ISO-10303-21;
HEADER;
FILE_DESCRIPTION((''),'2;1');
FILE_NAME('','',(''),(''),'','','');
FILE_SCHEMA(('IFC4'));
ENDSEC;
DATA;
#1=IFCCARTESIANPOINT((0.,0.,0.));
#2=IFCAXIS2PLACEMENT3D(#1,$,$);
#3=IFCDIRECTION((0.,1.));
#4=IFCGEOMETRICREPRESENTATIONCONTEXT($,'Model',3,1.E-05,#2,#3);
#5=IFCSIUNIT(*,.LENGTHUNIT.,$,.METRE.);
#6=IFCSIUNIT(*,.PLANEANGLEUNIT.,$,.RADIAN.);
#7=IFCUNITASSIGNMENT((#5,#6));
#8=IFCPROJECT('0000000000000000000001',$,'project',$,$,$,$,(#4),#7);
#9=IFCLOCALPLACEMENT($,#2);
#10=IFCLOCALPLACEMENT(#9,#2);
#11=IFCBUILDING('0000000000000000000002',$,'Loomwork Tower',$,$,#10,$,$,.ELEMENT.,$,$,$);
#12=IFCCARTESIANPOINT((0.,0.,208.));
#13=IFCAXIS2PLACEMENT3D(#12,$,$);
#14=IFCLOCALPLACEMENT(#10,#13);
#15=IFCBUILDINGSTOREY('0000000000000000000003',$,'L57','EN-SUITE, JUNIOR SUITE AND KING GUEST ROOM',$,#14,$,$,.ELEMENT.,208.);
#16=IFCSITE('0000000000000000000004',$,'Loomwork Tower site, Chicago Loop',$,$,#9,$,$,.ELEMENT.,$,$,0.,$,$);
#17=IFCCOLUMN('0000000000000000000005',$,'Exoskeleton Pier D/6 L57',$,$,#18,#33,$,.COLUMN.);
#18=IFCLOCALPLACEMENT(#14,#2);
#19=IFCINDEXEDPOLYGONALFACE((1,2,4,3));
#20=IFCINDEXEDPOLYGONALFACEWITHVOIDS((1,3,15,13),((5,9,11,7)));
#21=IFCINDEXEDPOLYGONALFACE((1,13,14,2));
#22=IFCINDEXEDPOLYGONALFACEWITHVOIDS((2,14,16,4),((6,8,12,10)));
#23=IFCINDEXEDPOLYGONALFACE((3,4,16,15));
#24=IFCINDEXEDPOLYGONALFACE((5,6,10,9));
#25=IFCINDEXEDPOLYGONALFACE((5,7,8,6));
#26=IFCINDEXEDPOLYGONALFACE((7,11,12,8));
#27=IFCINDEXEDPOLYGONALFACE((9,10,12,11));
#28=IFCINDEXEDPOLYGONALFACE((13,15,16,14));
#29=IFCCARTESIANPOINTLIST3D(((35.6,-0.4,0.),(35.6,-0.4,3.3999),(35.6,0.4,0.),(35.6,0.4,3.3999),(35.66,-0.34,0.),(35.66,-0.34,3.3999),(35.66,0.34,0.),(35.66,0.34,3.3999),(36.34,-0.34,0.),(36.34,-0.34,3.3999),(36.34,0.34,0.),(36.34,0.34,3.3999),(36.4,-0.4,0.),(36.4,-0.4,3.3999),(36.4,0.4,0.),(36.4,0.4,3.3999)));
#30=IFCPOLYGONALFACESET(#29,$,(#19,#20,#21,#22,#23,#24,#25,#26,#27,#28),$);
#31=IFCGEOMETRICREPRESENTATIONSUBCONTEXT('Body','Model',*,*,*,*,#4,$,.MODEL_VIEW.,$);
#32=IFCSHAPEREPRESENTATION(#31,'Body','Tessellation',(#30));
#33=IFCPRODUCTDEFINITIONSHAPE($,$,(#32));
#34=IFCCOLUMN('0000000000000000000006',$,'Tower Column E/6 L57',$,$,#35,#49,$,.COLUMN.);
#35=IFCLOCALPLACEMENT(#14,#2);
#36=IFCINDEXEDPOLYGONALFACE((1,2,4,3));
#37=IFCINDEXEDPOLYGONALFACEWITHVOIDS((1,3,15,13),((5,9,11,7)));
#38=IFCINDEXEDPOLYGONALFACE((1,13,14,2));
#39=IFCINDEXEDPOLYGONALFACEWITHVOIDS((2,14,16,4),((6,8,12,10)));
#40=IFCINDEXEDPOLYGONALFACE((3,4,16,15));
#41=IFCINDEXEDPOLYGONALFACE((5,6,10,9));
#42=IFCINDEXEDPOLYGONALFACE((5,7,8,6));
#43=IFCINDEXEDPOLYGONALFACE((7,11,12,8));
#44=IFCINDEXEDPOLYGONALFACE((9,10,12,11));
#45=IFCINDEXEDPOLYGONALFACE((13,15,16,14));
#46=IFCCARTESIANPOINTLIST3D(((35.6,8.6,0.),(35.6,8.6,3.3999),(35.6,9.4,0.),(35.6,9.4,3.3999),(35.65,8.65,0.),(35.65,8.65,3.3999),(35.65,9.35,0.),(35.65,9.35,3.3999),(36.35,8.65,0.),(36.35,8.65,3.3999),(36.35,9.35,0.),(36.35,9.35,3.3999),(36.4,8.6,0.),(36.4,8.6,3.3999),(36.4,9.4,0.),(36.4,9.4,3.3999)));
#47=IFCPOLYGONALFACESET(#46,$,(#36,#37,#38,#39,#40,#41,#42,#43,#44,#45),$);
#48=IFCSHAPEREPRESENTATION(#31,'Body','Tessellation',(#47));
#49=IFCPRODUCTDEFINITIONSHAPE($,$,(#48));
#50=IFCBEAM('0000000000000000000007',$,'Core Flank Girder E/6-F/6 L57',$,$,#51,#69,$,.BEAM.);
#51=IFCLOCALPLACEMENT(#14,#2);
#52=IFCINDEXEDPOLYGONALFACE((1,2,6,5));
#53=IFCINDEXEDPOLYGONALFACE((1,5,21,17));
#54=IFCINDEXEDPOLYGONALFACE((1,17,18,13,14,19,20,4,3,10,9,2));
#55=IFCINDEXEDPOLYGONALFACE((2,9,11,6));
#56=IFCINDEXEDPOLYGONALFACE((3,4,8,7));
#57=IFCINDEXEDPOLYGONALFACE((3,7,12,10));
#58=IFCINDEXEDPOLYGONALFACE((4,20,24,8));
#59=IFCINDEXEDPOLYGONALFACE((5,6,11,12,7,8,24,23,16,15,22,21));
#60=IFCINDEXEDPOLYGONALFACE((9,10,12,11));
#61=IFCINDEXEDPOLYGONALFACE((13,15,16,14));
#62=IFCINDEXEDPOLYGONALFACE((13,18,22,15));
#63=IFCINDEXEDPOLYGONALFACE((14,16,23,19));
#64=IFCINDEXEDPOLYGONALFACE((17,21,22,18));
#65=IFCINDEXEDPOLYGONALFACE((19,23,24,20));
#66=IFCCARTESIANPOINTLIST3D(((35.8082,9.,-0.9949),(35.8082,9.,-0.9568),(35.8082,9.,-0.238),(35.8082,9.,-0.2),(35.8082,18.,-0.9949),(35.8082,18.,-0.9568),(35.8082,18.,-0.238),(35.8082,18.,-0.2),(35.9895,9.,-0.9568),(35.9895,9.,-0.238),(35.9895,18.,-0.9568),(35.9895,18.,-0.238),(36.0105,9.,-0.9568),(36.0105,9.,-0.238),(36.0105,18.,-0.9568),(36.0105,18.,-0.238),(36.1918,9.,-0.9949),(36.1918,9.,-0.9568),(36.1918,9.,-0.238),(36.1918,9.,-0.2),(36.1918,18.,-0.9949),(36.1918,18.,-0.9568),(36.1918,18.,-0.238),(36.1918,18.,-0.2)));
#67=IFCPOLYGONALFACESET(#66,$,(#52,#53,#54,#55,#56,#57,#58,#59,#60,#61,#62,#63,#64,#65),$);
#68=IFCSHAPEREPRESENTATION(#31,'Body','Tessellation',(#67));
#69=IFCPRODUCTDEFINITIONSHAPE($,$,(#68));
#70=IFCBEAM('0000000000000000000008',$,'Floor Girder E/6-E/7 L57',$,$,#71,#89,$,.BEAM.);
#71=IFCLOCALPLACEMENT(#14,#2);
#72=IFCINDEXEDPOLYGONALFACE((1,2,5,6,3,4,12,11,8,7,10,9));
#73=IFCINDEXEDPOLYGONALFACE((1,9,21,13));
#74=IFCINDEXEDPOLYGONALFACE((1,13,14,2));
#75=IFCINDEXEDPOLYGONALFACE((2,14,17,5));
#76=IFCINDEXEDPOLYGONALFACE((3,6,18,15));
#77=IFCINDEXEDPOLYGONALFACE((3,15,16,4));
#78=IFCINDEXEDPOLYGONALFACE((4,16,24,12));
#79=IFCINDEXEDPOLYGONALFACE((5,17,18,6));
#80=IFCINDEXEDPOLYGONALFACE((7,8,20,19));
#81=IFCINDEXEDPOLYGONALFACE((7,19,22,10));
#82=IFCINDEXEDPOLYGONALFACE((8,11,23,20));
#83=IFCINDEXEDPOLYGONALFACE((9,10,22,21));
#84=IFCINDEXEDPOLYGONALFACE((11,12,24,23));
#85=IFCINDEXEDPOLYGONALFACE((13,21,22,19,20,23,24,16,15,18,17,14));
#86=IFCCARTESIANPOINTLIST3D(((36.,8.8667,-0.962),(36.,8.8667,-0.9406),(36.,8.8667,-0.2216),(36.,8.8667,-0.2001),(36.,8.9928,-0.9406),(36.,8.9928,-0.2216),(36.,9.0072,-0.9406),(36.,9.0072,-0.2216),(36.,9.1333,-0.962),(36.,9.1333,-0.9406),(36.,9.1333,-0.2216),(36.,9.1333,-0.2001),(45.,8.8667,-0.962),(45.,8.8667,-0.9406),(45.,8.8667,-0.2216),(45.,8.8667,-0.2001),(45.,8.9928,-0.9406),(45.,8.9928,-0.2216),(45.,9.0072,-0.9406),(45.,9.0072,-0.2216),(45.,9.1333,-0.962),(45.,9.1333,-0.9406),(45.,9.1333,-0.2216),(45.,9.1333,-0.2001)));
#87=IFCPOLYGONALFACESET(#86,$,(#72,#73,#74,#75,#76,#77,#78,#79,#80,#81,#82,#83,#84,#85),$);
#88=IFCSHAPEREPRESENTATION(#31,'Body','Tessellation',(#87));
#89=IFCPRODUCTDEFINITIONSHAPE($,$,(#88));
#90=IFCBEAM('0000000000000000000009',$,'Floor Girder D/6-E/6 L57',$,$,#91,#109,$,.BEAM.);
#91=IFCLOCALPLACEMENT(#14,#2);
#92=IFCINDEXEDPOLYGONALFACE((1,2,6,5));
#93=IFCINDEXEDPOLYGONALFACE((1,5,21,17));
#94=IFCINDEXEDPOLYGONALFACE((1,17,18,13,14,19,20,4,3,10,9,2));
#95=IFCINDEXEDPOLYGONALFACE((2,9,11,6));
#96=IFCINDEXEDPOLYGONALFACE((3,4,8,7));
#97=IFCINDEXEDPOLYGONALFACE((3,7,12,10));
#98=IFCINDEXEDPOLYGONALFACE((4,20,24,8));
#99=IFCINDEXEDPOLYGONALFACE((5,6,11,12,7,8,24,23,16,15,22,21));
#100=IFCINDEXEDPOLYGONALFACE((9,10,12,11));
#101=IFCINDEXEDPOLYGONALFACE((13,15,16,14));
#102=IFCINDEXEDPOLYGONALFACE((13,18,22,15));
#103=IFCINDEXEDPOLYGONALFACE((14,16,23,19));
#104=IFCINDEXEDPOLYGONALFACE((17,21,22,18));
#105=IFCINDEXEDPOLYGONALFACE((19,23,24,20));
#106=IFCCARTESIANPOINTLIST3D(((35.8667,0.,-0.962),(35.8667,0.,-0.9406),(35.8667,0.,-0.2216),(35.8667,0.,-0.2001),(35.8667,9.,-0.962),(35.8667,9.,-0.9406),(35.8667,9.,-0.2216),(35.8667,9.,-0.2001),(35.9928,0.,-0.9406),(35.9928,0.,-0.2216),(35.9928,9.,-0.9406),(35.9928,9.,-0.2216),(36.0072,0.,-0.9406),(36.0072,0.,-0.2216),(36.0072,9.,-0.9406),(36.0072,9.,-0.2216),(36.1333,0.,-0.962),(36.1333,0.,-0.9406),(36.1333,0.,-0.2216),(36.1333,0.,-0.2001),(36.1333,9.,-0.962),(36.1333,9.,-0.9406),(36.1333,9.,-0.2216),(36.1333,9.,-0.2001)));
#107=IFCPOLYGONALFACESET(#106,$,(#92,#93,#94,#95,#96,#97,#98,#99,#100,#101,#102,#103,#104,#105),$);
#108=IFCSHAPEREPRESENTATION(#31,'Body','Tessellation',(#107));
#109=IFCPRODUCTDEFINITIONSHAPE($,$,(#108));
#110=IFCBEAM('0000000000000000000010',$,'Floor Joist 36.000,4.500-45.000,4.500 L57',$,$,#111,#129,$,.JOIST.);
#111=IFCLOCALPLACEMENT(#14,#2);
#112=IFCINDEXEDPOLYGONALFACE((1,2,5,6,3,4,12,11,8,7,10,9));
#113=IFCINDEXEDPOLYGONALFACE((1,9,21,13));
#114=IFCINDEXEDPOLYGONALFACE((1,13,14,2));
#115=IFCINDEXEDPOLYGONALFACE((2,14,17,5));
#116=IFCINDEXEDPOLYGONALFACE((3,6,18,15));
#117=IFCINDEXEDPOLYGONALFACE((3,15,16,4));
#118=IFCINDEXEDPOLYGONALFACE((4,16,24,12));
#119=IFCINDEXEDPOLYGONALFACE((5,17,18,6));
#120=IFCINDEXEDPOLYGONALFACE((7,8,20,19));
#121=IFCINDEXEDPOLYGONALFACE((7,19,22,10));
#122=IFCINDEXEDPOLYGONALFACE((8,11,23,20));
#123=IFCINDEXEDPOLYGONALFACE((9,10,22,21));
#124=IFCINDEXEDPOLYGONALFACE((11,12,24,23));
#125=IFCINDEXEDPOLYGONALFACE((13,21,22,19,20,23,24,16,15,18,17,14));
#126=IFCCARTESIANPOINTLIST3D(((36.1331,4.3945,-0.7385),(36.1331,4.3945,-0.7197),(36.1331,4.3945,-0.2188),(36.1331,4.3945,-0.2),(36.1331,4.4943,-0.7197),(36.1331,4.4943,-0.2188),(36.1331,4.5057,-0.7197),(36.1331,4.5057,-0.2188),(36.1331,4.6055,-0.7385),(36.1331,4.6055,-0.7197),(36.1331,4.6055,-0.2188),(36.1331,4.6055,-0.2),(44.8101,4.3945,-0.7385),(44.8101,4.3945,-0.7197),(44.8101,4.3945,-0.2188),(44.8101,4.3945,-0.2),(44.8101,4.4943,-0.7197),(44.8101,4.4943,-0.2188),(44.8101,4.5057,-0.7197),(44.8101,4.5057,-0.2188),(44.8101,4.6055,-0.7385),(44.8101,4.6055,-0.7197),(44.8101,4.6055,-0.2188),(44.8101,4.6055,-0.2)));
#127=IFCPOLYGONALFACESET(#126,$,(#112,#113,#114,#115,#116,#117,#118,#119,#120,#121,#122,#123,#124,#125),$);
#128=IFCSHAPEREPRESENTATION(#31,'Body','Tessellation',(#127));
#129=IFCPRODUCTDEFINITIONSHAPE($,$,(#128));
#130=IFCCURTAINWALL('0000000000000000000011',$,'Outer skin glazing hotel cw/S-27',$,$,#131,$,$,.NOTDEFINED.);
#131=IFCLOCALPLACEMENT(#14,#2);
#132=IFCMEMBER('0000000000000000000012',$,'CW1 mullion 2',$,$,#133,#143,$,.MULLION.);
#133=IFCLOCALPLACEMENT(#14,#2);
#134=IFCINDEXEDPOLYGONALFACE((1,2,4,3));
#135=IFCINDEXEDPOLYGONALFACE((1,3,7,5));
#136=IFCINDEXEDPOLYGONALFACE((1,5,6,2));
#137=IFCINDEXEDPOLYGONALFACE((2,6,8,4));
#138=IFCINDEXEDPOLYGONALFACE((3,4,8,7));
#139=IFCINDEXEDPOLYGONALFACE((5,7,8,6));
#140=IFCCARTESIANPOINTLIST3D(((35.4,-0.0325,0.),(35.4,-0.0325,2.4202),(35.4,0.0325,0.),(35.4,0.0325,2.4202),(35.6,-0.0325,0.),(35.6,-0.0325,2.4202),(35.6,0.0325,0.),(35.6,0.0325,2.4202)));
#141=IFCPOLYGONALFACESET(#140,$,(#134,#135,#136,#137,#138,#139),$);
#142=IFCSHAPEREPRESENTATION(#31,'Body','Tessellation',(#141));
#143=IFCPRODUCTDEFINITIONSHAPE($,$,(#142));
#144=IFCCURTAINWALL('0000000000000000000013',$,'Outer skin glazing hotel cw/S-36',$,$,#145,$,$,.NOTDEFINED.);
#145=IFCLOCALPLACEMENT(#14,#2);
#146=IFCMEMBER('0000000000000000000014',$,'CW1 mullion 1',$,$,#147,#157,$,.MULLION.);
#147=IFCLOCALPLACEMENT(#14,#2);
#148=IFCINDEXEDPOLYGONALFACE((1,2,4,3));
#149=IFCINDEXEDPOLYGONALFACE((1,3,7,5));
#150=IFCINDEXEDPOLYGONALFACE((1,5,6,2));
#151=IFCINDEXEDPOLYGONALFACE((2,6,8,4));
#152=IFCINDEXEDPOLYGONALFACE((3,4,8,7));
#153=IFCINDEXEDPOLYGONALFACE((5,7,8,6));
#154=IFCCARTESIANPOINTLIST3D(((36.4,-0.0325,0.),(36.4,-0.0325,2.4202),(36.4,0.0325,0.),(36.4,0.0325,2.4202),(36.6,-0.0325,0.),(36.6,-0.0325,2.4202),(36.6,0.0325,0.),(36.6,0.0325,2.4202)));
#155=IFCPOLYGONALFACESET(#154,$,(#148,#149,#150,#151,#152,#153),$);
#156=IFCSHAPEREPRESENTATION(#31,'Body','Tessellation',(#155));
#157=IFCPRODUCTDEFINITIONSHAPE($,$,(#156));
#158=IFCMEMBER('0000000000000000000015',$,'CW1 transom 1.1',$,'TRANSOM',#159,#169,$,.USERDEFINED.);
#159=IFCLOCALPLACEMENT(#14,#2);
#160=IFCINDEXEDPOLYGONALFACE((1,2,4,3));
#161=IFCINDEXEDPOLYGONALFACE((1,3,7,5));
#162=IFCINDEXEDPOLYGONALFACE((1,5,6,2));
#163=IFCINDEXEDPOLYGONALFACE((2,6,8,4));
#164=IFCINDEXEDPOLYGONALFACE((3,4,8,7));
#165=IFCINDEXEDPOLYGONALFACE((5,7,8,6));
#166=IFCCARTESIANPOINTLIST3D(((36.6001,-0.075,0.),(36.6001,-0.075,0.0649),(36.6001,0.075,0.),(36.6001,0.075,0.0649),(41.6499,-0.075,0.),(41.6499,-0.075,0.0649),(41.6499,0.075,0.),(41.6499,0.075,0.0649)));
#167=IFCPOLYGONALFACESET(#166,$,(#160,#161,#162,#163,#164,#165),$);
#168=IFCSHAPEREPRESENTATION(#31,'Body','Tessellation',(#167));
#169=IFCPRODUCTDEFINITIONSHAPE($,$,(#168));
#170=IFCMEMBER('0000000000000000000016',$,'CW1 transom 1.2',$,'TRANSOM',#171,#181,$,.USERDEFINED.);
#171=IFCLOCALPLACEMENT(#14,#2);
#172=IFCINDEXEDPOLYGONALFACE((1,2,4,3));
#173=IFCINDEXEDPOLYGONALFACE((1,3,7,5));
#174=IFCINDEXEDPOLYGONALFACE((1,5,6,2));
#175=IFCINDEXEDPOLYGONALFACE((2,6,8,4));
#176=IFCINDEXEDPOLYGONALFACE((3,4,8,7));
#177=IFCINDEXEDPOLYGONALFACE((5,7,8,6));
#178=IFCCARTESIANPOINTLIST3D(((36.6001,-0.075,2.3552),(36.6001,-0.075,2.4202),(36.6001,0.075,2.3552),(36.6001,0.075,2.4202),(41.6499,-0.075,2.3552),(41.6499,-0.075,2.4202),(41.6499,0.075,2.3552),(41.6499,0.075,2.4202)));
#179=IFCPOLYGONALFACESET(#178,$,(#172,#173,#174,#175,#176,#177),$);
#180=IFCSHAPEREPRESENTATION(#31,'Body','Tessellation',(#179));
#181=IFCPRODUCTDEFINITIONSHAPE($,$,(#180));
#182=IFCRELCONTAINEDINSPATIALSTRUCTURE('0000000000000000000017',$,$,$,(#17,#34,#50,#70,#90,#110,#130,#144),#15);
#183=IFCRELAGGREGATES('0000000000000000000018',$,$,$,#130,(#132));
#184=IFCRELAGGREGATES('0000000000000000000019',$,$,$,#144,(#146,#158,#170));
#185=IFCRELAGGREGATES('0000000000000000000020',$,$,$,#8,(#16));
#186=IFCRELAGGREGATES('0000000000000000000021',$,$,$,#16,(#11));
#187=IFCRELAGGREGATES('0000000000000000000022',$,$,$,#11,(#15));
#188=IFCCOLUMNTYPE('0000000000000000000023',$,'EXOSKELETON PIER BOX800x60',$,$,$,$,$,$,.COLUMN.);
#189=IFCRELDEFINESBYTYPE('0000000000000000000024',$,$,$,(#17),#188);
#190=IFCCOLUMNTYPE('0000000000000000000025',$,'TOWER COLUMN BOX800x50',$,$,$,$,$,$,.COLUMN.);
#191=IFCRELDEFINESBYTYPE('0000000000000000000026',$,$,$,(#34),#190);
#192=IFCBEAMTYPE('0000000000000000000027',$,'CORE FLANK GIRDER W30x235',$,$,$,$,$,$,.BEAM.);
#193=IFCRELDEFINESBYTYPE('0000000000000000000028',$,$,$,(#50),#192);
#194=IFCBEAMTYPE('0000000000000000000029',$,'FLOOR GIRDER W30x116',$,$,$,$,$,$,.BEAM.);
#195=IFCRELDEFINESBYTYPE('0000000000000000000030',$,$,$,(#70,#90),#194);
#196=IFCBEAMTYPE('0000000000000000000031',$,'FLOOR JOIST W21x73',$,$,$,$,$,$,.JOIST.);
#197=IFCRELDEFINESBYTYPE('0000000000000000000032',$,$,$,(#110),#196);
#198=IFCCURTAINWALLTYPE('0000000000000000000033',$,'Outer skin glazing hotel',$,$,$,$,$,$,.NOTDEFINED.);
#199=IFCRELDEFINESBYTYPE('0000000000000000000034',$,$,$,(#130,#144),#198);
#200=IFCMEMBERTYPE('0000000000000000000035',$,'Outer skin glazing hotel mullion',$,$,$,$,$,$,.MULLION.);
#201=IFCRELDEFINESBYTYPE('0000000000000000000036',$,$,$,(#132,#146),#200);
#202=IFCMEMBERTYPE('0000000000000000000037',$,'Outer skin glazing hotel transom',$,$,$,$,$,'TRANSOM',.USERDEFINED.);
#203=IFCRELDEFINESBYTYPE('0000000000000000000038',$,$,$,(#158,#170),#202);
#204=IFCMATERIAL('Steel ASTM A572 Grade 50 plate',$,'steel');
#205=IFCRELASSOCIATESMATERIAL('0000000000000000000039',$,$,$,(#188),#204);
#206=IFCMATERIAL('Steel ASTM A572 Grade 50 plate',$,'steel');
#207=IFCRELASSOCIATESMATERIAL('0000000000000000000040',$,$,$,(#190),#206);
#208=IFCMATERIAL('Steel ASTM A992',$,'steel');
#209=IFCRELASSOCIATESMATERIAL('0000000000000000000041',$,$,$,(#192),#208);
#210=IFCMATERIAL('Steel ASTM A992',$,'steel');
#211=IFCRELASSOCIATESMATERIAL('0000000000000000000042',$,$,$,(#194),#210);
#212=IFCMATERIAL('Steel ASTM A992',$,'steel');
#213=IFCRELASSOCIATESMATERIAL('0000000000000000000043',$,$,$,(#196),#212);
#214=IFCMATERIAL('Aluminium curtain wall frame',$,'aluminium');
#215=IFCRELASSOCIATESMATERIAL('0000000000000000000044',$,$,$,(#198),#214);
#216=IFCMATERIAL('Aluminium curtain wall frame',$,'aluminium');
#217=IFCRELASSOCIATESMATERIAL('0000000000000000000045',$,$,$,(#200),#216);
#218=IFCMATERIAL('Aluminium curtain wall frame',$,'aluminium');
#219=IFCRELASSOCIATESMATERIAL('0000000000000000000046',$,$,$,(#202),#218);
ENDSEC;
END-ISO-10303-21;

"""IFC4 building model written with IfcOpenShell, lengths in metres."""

from ifc_helpers import new_model, si_unit, direction, frame, origin, origin_2d, place, context, subcontext, project, spatial, rectangle, hollow_rectangle, i_section, extrude, material, material_profile, profile_set, type_object, element, aggregate, save


model = new_model("IFC4")

# Units and contexts
model_context = context("Model", 3, precision=1e-05, world=origin(), true_north=direction((0.0, 1.0)))
body_context = subcontext(model_context, "Body", "Model", "MODEL_VIEW")
ifc_project = project(units=[si_unit("LENGTHUNIT", "METRE"), si_unit("PLANEANGLEUNIT", "RADIAN")], contexts=[model_context])

# Site, building, storey
site_placement = place(None, origin())
site = spatial("IfcSite", under=ifc_project, at=site_placement, Name="Loomwork Tower site, Chicago Loop", CompositionType="ELEMENT", RefElevation=0.0)
building_placement = place(site_placement, origin())
building = spatial("IfcBuilding", under=site, at=building_placement, Name="Loomwork Tower", CompositionType="ELEMENT")
storey_placement = place(building_placement, frame((0.0, 0.0, 208.0)))
storey = spatial("IfcBuildingStorey", under=building, at=storey_placement, Name="L57", Description="EN-SUITE, JUNIOR SUITE AND KING GUEST ROOM", CompositionType="ELEMENT", Elevation=208.0)

# Columns
ifc_material_1 = material(Name="Steel ASTM A572 Grade 50 plate", Category="steel")
ifc_material_profile_1 = material_profile(ifc_material_1, hollow_rectangle(XDim=0.8, YDim=0.8, WallThickness=0.0601, at=origin_2d()), Name="BOX800x60")
ifc_profile_set_1 = profile_set([ifc_material_profile_1], Name="Steel ASTM A572 Grade 50 plate")
column_type_1 = type_object("IfcColumnType", Name="EXOSKELETON PIER BOX800x60", PredefinedType="COLUMN", material=ifc_profile_set_1)
column_1_placement = place(storey_placement, frame((36.0, 0.0, 0.0), z_axis=(0.0, 0.0, 1.0), x_axis=(1.0, 0.0, 0.0)))
element("IfcColumn", 1, at=column_1_placement, inside=storey, type_object=column_type_1, Name="Exoskeleton Pier D/6 L57", PredefinedType="COLUMN", context=body_context, shape_type="SweptSolid", body=[
    extrude(hollow_rectangle(XDim=0.8, YDim=0.8, WallThickness=0.0601, at=origin_2d()), origin(), (0.0, 0.0, 1.0), 3.3999),
])
ifc_material_2 = material(Name="Steel ASTM A572 Grade 50 plate", Category="steel")
ifc_material_profile_2 = material_profile(ifc_material_2, hollow_rectangle(XDim=0.8, YDim=0.8, WallThickness=0.05, at=origin_2d()), Name="BOX800x50")
ifc_profile_set_2 = profile_set([ifc_material_profile_2], Name="Steel ASTM A572 Grade 50 plate")
column_type_2 = type_object("IfcColumnType", Name="TOWER COLUMN BOX800x50", PredefinedType="COLUMN", material=ifc_profile_set_2)
column_2_placement = place(storey_placement, frame((36.0, 9.0, 0.0), z_axis=(0.0, 0.0, 1.0), x_axis=(0.0, 1.0, 0.0)))
element("IfcColumn", 2, at=column_2_placement, inside=storey, type_object=column_type_2, Name="Tower Column E/6 L57", PredefinedType="COLUMN", context=body_context, shape_type="SweptSolid", body=[
    extrude(hollow_rectangle(XDim=0.8, YDim=0.8, WallThickness=0.05, at=origin_2d()), origin(), (0.0, 0.0, 1.0), 3.3999),
])

# Beams
ifc_material_3 = material(Name="Steel ASTM A992", Category="steel")
ifc_material_profile_3 = material_profile(ifc_material_3, i_section(OverallWidth=0.3835, OverallDepth=0.7949, WebThickness=0.021, FlangeThickness=0.0381, at=origin_2d()), Name="W30x235")
ifc_profile_set_3 = profile_set([ifc_material_profile_3], Name="Steel ASTM A992")
beam_type_1 = type_object("IfcBeamType", Name="CORE FLANK GIRDER W30x235", PredefinedType="BEAM", material=ifc_profile_set_3)
beam_1_placement = place(storey_placement, frame((36.0, 9.0, -0.5974), z_axis=(0.0, 1.0, 0.0), x_axis=(-1.0, 0.0, 0.0)))
element("IfcBeam", 3, at=beam_1_placement, inside=storey, type_object=beam_type_1, Name="Core Flank Girder E/6-F/6 L57", PredefinedType="BEAM", context=body_context, shape_type="SweptSolid", body=[
    extrude(i_section(OverallWidth=0.3835, OverallDepth=0.7949, WebThickness=0.021, FlangeThickness=0.0381, at=origin_2d()), origin(), (0.0, 0.0, 1.0), 9.0),
])
ifc_material_4 = material(Name="Steel ASTM A992", Category="steel")
ifc_material_profile_4 = material_profile(ifc_material_4, i_section(OverallWidth=0.2666, OverallDepth=0.762, WebThickness=0.0144, FlangeThickness=0.0215, at=origin_2d()), Name="W30x116")
ifc_profile_set_4 = profile_set([ifc_material_profile_4], Name="Steel ASTM A992")
beam_type_2 = type_object("IfcBeamType", Name="FLOOR GIRDER W30x116", PredefinedType="BEAM", material=ifc_profile_set_4)
for number, where, z_axis, x_axis, name in (
    (4, (36.0, 9.0, -0.5811), (1.0, 0.0, 0.0), (0.0, 1.0, 0.0), "Floor Girder E/6-E/7 L57"),
    (5, (36.0, 0.0, -0.5811), (0.0, 1.0, 0.0), (-1.0, 0.0, 0.0), "Floor Girder D/6-E/6 L57"),
):
    element("IfcBeam", number, at=place(storey_placement, frame(where, z_axis=z_axis, x_axis=x_axis)), inside=storey, type_object=beam_type_2, Name=name, PredefinedType="BEAM", context=body_context, shape_type="SweptSolid", body=[
        extrude(i_section(OverallWidth=0.2666, OverallDepth=0.762, WebThickness=0.0144, FlangeThickness=0.0215, at=origin_2d()), origin(), (0.0, 0.0, 1.0), 9.0),
    ])
ifc_material_5 = material(Name="Steel ASTM A992", Category="steel")
ifc_material_profile_5 = material_profile(ifc_material_5, i_section(OverallWidth=0.2109, OverallDepth=0.5386, WebThickness=0.0115, FlangeThickness=0.0188, at=origin_2d()), Name="W21x73")
ifc_profile_set_5 = profile_set([ifc_material_profile_5], Name="Steel ASTM A992")
beam_type_3 = type_object("IfcBeamType", Name="FLOOR JOIST W21x73", PredefinedType="JOIST", material=ifc_profile_set_5)
beam_2_placement = place(storey_placement, frame((36.1331, 4.5, -0.4692), z_axis=(1.0, 0.0, 0.0), x_axis=(0.0, 1.0, 0.0)))
element("IfcBeam", 6, at=beam_2_placement, inside=storey, type_object=beam_type_3, Name="Floor Joist 36.000,4.500-45.000,4.500 L57", PredefinedType="JOIST", context=body_context, shape_type="SweptSolid", body=[
    extrude(i_section(OverallWidth=0.2109, OverallDepth=0.5386, WebThickness=0.0115, FlangeThickness=0.0188, at=origin_2d()), origin(), (0.0, 0.0, 1.0), 8.677),
])

# Curtain wall, member
ifc_material_6 = material(Name="Aluminium curtain wall frame", Category="aluminium")
curtain_wall_type = type_object("IfcCurtainWallType", Name="Outer skin glazing hotel", PredefinedType="NOTDEFINED", material=ifc_material_6)
curtain_wall_1_placement = place(storey_placement, origin())
curtain_wall_1 = element("IfcCurtainWall", 7, at=curtain_wall_1_placement, inside=storey, type_object=curtain_wall_type, Name="Outer skin glazing hotel cw/S-27", PredefinedType="NOTDEFINED")
ifc_material_7 = material(Name="Aluminium curtain wall frame", Category="aluminium")
ifc_material_profile_6 = material_profile(ifc_material_7, rectangle(XDim=0.0649, YDim=0.2, at=origin_2d()), Name="AL 65x200")
ifc_profile_set_6 = profile_set([ifc_material_profile_6], Name="Aluminium curtain wall frame")
member_type_1 = type_object("IfcMemberType", Name="Outer skin glazing hotel mullion", PredefinedType="MULLION", material=ifc_profile_set_6)
member_1_placement = place(storey_placement, frame((35.5, 0.0, 0.0), z_axis=(0.0, 0.0, 1.0), x_axis=(0.0, 1.0, 0.0)))
member_1 = element("IfcMember", 8, at=member_1_placement, type_object=member_type_1, Name="CW1 mullion 2", PredefinedType="MULLION", context=body_context, shape_type="SweptSolid", body=[
    extrude(rectangle(XDim=0.0649, YDim=0.2, at=origin_2d()), origin(), (0.0, 0.0, 1.0), 2.4202),
])
aggregate(curtain_wall_1, [member_1])

# Curtain wall, members
curtain_wall_2_placement = place(storey_placement, origin())
curtain_wall_2 = element("IfcCurtainWall", 9, at=curtain_wall_2_placement, inside=storey, type_object=curtain_wall_type, Name="Outer skin glazing hotel cw/S-36", PredefinedType="NOTDEFINED")
member_2_placement = place(storey_placement, frame((36.5, 0.0, 0.0), z_axis=(0.0, 0.0, 1.0), x_axis=(0.0, 1.0, 0.0)))
member_2 = element("IfcMember", 10, at=member_2_placement, type_object=member_type_1, Name="CW1 mullion 1", PredefinedType="MULLION", context=body_context, shape_type="SweptSolid", body=[
    extrude(rectangle(XDim=0.0649, YDim=0.2, at=origin_2d()), origin(), (0.0, 0.0, 1.0), 2.4202),
])
ifc_material_8 = material(Name="Aluminium curtain wall frame", Category="aluminium")
ifc_material_profile_7 = material_profile(ifc_material_8, rectangle(XDim=0.1499, YDim=0.0649, at=origin_2d()), Name="AL 65x150")
ifc_profile_set_7 = profile_set([ifc_material_profile_7], Name="Aluminium curtain wall frame")
member_type_2 = type_object("IfcMemberType", Name="Outer skin glazing hotel transom", ElementType="TRANSOM", PredefinedType="USERDEFINED", material=ifc_profile_set_7)
member_3_placement = place(storey_placement, frame((36.6001, 0.0, 0.0325), z_axis=(1.0, 0.0, 0.0), x_axis=(0.0, 1.0, 0.0)))
member_3 = element("IfcMember", 11, at=member_3_placement, type_object=member_type_2, Name="CW1 transom 1.1", ObjectType="TRANSOM", PredefinedType="USERDEFINED", context=body_context, shape_type="SweptSolid", body=[
    extrude(rectangle(XDim=0.1499, YDim=0.0649, at=origin_2d()), origin(), (0.0, 0.0, 1.0), 5.0498),
])
member_4_placement = place(storey_placement, frame((36.6001, 0.0, 2.3877), z_axis=(1.0, 0.0, 0.0), x_axis=(0.0, 1.0, 0.0)))
member_4 = element("IfcMember", 12, at=member_4_placement, type_object=member_type_2, Name="CW1 transom 1.2", ObjectType="TRANSOM", PredefinedType="USERDEFINED", context=body_context, shape_type="SweptSolid", body=[
    extrude(rectangle(XDim=0.1499, YDim=0.0649, at=origin_2d()), origin(), (0.0, 0.0, 1.0), 5.0498),
])
aggregate(curtain_wall_2, [member_2, member_3, member_4])

save(model, "model.ifc")
